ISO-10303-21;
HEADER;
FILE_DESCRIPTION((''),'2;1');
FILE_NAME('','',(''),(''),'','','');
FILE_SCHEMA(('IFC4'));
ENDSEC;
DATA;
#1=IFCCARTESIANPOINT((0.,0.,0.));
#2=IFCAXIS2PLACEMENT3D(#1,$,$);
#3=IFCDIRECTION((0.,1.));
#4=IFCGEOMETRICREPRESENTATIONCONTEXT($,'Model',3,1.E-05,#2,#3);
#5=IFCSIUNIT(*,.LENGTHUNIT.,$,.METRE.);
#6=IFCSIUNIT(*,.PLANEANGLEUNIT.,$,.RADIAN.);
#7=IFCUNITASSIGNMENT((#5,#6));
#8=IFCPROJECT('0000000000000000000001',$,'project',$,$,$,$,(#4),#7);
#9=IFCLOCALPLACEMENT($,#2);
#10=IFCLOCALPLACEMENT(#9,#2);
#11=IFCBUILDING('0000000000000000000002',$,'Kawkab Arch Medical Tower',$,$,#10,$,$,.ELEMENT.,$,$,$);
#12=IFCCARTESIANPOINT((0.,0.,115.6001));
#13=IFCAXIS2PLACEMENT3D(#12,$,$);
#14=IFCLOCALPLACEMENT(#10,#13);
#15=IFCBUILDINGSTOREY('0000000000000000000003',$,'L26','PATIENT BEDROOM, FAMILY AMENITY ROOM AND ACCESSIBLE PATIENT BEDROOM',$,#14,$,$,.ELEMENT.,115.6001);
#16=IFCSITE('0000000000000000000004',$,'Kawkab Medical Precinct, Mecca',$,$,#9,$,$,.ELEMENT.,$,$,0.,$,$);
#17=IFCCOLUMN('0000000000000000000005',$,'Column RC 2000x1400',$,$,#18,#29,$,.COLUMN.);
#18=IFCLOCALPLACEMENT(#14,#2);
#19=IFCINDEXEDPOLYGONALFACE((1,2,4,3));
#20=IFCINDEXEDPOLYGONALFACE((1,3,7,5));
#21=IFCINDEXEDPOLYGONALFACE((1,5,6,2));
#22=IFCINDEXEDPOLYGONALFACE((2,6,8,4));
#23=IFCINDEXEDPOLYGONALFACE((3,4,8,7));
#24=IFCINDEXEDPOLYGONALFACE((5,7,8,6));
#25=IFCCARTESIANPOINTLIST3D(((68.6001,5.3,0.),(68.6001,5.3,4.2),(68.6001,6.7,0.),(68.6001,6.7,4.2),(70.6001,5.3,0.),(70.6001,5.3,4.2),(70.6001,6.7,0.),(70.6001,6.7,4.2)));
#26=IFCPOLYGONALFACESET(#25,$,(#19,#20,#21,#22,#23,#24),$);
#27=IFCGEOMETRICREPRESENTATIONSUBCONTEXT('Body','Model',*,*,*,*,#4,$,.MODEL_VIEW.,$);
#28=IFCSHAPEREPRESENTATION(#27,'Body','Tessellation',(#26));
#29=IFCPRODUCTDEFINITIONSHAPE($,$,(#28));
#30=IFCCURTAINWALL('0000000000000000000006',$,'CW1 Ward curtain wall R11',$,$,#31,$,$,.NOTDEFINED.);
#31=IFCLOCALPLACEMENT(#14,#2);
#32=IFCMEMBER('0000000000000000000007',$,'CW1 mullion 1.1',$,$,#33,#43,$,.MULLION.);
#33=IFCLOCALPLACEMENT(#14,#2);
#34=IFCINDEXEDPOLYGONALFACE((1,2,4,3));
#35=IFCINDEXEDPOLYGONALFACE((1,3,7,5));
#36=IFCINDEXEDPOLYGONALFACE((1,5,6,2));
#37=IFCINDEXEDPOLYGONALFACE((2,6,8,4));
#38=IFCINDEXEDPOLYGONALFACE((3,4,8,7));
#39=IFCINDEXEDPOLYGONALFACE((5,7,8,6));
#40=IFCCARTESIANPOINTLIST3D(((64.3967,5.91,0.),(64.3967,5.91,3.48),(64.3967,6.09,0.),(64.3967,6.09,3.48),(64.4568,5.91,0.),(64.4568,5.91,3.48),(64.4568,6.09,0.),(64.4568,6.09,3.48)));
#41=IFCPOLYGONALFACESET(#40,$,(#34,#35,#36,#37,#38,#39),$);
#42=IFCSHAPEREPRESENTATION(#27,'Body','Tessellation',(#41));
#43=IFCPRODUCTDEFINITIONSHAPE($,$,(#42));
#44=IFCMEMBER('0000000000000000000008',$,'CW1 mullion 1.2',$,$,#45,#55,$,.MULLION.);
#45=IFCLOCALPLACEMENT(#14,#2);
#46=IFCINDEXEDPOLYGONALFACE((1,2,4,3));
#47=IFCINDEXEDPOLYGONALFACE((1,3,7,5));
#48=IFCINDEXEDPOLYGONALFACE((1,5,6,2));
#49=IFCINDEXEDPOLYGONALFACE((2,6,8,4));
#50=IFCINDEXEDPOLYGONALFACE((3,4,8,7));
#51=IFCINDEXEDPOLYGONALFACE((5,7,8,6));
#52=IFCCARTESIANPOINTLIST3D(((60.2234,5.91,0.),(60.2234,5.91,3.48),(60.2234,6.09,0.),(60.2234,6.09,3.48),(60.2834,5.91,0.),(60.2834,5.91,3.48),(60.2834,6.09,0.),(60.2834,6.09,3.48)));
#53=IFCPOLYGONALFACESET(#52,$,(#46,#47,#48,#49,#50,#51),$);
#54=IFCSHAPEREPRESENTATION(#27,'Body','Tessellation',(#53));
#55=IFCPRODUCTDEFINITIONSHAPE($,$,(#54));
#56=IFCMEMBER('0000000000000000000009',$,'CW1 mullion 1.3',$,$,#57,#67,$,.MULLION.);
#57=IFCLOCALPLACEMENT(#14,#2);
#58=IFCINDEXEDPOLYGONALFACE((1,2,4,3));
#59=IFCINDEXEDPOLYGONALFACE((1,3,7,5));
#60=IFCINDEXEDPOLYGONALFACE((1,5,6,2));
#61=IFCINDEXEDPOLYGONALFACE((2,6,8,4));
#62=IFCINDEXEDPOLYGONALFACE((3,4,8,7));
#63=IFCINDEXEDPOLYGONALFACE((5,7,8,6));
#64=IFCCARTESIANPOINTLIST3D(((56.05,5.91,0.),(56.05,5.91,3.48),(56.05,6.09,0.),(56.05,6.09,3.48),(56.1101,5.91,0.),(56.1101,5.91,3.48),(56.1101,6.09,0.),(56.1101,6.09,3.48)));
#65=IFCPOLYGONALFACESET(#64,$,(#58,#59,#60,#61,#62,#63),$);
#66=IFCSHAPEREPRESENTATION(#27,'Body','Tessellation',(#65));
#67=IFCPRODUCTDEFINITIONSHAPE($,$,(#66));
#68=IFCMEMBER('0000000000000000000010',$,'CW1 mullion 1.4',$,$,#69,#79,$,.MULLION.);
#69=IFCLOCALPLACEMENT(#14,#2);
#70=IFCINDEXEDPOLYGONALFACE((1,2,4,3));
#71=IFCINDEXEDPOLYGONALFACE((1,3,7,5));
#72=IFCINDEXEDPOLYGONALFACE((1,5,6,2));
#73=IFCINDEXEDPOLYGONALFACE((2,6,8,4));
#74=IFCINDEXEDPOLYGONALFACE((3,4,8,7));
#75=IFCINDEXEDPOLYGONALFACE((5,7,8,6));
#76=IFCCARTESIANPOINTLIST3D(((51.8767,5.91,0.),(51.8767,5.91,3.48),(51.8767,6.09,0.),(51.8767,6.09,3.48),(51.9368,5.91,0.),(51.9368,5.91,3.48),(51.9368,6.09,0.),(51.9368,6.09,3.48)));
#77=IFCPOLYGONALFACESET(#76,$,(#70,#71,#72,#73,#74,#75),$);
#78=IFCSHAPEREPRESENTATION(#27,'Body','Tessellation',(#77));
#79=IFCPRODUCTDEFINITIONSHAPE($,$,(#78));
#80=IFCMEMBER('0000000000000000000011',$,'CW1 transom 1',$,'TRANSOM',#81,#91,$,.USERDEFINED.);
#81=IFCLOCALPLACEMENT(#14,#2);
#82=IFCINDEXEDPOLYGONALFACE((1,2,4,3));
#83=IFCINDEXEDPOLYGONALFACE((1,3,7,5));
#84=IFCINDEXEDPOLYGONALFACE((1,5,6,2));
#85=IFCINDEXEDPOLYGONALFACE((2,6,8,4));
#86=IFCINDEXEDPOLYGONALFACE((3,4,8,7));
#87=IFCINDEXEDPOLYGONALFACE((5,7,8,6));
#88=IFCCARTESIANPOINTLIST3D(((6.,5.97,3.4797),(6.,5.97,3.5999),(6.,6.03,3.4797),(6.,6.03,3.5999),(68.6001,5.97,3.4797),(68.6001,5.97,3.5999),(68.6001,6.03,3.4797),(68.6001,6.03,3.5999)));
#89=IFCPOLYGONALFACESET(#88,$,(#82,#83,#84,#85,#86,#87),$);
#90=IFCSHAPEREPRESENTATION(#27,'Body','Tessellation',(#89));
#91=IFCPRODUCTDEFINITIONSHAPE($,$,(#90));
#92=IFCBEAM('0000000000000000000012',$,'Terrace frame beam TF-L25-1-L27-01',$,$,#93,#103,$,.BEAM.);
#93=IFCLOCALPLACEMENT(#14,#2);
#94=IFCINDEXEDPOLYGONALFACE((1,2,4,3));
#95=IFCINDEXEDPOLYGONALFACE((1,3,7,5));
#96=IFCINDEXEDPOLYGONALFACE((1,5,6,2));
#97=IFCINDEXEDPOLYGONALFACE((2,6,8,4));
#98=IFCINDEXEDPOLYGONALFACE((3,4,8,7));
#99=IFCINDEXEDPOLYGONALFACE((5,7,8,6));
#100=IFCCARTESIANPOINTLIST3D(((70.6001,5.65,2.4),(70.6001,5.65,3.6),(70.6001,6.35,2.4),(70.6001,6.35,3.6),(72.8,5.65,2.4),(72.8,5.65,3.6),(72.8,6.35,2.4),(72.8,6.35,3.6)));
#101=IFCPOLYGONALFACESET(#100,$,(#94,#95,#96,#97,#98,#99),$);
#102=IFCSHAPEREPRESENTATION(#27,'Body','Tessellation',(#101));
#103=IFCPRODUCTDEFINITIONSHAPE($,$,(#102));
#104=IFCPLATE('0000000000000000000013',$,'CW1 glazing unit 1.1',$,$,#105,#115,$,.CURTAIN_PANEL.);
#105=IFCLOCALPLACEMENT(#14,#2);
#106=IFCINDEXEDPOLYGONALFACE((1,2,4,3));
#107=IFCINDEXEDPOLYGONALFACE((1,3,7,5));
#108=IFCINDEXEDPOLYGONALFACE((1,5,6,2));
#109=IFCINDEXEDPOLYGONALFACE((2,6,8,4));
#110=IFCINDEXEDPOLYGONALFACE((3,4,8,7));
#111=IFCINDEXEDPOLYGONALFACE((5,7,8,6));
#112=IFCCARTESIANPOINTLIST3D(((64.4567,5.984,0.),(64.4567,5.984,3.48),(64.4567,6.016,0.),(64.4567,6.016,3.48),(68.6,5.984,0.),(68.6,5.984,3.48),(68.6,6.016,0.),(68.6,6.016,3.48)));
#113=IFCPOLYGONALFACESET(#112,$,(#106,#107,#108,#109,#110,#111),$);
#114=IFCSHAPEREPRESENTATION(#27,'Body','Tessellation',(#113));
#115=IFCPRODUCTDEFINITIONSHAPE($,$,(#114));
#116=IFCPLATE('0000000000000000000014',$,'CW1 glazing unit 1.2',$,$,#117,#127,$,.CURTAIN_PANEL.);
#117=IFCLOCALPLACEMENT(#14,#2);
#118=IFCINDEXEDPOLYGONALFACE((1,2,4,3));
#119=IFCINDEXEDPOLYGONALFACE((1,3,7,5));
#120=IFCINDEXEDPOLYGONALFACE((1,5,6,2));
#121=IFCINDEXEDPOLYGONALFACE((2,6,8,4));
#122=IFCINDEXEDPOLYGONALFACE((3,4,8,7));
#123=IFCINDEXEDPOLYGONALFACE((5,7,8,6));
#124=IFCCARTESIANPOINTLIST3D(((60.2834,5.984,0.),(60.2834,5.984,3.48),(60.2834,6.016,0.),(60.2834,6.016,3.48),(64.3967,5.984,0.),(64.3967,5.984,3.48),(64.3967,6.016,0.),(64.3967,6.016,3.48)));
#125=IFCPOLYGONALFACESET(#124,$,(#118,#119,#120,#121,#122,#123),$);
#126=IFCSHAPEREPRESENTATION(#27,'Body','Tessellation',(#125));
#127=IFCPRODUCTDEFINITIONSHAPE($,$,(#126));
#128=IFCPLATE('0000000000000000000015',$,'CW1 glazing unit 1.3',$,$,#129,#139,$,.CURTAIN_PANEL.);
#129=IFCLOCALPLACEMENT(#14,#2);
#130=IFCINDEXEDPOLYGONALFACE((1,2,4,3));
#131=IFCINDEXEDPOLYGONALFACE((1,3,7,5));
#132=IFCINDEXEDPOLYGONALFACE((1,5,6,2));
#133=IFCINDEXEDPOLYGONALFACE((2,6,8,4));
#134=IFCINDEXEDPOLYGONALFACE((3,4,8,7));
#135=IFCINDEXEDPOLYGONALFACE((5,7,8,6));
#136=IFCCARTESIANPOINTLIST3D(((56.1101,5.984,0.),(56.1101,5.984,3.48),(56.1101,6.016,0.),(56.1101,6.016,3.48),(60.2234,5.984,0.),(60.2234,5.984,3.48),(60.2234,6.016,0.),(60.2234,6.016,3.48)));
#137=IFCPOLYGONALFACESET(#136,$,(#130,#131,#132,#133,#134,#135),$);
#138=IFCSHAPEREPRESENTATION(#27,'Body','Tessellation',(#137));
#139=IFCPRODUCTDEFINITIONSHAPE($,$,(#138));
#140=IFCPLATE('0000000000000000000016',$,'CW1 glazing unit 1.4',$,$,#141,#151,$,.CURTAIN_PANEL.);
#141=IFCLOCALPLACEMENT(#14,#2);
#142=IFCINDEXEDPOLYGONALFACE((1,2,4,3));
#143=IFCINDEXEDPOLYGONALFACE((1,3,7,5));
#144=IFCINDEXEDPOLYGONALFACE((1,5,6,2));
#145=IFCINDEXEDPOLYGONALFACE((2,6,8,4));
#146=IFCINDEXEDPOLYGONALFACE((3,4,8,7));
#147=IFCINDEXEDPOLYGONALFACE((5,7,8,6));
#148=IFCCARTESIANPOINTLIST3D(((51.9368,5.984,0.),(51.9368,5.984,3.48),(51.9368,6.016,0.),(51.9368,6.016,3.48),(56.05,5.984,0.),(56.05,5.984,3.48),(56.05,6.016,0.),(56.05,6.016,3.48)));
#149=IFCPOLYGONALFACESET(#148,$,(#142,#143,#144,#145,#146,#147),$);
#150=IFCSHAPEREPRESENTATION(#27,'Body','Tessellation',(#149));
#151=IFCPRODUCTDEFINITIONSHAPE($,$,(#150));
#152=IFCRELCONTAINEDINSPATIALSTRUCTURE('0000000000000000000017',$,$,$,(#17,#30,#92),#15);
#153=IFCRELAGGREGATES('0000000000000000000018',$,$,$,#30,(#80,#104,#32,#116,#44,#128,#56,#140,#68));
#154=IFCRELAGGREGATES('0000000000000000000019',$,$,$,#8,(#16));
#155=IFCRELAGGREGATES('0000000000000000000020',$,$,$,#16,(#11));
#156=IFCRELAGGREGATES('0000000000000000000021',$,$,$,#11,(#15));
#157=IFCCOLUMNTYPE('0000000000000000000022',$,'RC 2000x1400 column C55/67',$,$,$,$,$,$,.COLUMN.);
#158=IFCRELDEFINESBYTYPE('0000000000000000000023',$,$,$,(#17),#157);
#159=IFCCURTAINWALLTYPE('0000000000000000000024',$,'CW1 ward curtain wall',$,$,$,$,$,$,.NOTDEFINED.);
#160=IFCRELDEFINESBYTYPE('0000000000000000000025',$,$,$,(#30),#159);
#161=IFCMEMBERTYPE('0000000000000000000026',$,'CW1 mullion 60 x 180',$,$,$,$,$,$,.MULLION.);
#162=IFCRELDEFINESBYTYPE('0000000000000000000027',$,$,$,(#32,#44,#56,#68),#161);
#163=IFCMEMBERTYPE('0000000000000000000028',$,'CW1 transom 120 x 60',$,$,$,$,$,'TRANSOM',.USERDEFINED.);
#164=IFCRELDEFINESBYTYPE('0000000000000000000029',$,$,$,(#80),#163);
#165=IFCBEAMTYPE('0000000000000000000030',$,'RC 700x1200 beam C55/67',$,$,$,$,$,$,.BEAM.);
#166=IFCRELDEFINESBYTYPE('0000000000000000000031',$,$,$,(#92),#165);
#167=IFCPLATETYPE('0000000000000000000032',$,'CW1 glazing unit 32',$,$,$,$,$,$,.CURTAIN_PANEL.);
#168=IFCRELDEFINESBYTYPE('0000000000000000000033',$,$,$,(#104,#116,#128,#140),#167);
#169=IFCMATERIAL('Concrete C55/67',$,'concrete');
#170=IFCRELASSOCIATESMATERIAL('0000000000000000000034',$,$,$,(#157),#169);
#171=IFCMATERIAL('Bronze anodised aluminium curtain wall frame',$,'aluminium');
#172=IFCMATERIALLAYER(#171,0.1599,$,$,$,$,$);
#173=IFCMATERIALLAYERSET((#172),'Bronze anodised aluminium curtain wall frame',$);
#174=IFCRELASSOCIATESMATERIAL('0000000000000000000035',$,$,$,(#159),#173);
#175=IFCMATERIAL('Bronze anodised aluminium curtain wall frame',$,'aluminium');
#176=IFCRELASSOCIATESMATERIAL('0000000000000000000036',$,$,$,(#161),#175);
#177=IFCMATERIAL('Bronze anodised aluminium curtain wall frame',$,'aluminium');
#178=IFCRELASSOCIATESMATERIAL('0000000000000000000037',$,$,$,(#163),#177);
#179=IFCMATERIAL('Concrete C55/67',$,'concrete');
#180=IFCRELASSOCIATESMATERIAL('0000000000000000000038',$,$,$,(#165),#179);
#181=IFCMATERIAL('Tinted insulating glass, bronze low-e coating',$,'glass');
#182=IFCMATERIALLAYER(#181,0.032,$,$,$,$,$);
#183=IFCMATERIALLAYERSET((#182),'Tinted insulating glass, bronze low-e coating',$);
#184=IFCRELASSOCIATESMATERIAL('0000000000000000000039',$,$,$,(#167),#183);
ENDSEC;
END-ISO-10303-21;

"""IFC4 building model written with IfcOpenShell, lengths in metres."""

from ifc_helpers import new_model, si_unit, direction, frame, origin, origin_2d, place, context, subcontext, project, spatial, rectangle, extrude, material, layer, layer_set, material_profile, profile_set, type_object, element, aggregate, save


model = new_model("IFC4")

# Units and contexts
model_context = context("Model", 3, precision=1e-05, world=origin(), true_north=direction((0.0, 1.0)))
body_context = subcontext(model_context, "Body", "Model", "MODEL_VIEW")
ifc_project = project(units=[si_unit("LENGTHUNIT", "METRE"), si_unit("PLANEANGLEUNIT", "RADIAN")], contexts=[model_context])

# Site, building, storey
site_placement = place(None, origin())
site = spatial("IfcSite", under=ifc_project, at=site_placement, Name="Kawkab Medical Precinct, Mecca", CompositionType="ELEMENT", RefElevation=0.0)
building_placement = place(site_placement, origin())
building = spatial("IfcBuilding", under=site, at=building_placement, Name="Kawkab Arch Medical Tower", CompositionType="ELEMENT")
storey_placement = place(building_placement, frame((0.0, 0.0, 115.6001)))
storey = spatial("IfcBuildingStorey", under=building, at=storey_placement, Name="L26", Description="PATIENT BEDROOM, FAMILY AMENITY ROOM AND ACCESSIBLE PATIENT BEDROOM", CompositionType="ELEMENT", Elevation=115.6001)

# Column
ifc_material_1 = material(Name="Concrete C55/67", Category="concrete")
ifc_material_profile_1 = material_profile(ifc_material_1, rectangle(XDim=2.0, YDim=1.3999, at=origin_2d()), Name="RC 2000x1400")
ifc_profile_set_1 = profile_set([ifc_material_profile_1], Name="Concrete C55/67")
column_type = type_object("IfcColumnType", Name="RC 2000x1400 column C55/67", PredefinedType="COLUMN", material=ifc_profile_set_1)
column_placement = place(storey_placement, frame((69.6001, 6.0, 0.0), z_axis=(0.0, 0.0, 1.0), x_axis=(1.0, 0.0, 0.0)))
element("IfcColumn", 1, at=column_placement, inside=storey, type_object=column_type, Name="Column RC 2000x1400", PredefinedType="COLUMN", context=body_context, shape_type="SweptSolid", body=[
    extrude(rectangle(XDim=2.0, YDim=1.3999, at=origin_2d()), origin(), (0.0, 0.0, 1.0), 4.2),
])

# Curtain wall, members
ifc_material_2 = material(Name="Bronze anodised aluminium curtain wall frame", Category="aluminium")
ifc_layer_1 = layer(ifc_material_2, 0.1599)
ifc_layer_set_1 = layer_set([ifc_layer_1], Name="Bronze anodised aluminium curtain wall frame")
curtain_wall_type = type_object("IfcCurtainWallType", Name="CW1 ward curtain wall", PredefinedType="NOTDEFINED", material=ifc_layer_set_1)
curtain_wall_placement = place(storey_placement, origin())
curtain_wall = element("IfcCurtainWall", 2, at=curtain_wall_placement, inside=storey, type_object=curtain_wall_type, Name="CW1 Ward curtain wall R11", PredefinedType="NOTDEFINED")
ifc_material_3 = material(Name="Bronze anodised aluminium curtain wall frame", Category="aluminium")
ifc_material_profile_2 = material_profile(ifc_material_3, rectangle(XDim=0.1799, YDim=0.0601, at=origin_2d()), Name="AL 60x180")
ifc_profile_set_2 = profile_set([ifc_material_profile_2], Name="Bronze anodised aluminium curtain wall frame")
member_type_1 = type_object("IfcMemberType", Name="CW1 mullion 60 x 180", PredefinedType="MULLION", material=ifc_profile_set_2)
member_1_placement = place(storey_placement, frame((64.4268, 6.0, 0.0), z_axis=(0.0, 0.0, 1.0), x_axis=(0.0, -1.0, 0.0)))
member_1 = element("IfcMember", 3, at=member_1_placement, type_object=member_type_1, Name="CW1 mullion 1.1", PredefinedType="MULLION", context=body_context, shape_type="SweptSolid", body=[
    extrude(rectangle(XDim=0.1799, YDim=0.0601, at=origin_2d()), origin(), (0.0, 0.0, 1.0), 3.48),
])
member_2_placement = place(storey_placement, frame((60.2534, 6.0, 0.0), z_axis=(0.0, 0.0, 1.0), x_axis=(0.0, -1.0, 0.0)))
member_2 = element("IfcMember", 4, at=member_2_placement, type_object=member_type_1, Name="CW1 mullion 1.2", PredefinedType="MULLION", context=body_context, shape_type="SweptSolid", body=[
    extrude(rectangle(XDim=0.1799, YDim=0.0601, at=origin_2d()), origin(), (0.0, 0.0, 1.0), 3.48),
])
member_3_placement = place(storey_placement, frame((56.0801, 6.0, 0.0), z_axis=(0.0, 0.0, 1.0), x_axis=(0.0, -1.0, 0.0)))
member_3 = element("IfcMember", 5, at=member_3_placement, type_object=member_type_1, Name="CW1 mullion 1.3", PredefinedType="MULLION", context=body_context, shape_type="SweptSolid", body=[
    extrude(rectangle(XDim=0.1799, YDim=0.0601, at=origin_2d()), origin(), (0.0, 0.0, 1.0), 3.48),
])
member_4_placement = place(storey_placement, frame((51.9067, 6.0, 0.0), z_axis=(0.0, 0.0, 1.0), x_axis=(0.0, -1.0, 0.0)))
member_4 = element("IfcMember", 6, at=member_4_placement, type_object=member_type_1, Name="CW1 mullion 1.4", PredefinedType="MULLION", context=body_context, shape_type="SweptSolid", body=[
    extrude(rectangle(XDim=0.1799, YDim=0.0601, at=origin_2d()), origin(), (0.0, 0.0, 1.0), 3.48),
])
ifc_material_4 = material(Name="Bronze anodised aluminium curtain wall frame", Category="aluminium")
ifc_material_profile_3 = material_profile(ifc_material_4, rectangle(XDim=0.0601, YDim=0.1201, at=origin_2d()), Name="AL 60x120")
ifc_profile_set_3 = profile_set([ifc_material_profile_3], Name="Bronze anodised aluminium curtain wall frame")
member_type_2 = type_object("IfcMemberType", Name="CW1 transom 120 x 60", ElementType="TRANSOM", PredefinedType="USERDEFINED", material=ifc_profile_set_3)
member_5_placement = place(storey_placement, frame((68.6001, 6.0, 3.5398), z_axis=(-1.0, 0.0, 0.0), x_axis=(0.0, -1.0, 0.0)))
member_5 = element("IfcMember", 7, at=member_5_placement, type_object=member_type_2, Name="CW1 transom 1", ObjectType="TRANSOM", PredefinedType="USERDEFINED", context=body_context, shape_type="SweptSolid", body=[
    extrude(rectangle(XDim=0.0601, YDim=0.1201, at=origin_2d()), origin(), (0.0, 0.0, 1.0), 62.6001),
])

# Beam
ifc_material_5 = material(Name="Concrete C55/67", Category="concrete")
ifc_material_profile_4 = material_profile(ifc_material_5, rectangle(XDim=0.7, YDim=1.2, at=origin_2d()), Name="RC 700x1200")
ifc_profile_set_4 = profile_set([ifc_material_profile_4], Name="Concrete C55/67")
beam_type = type_object("IfcBeamType", Name="RC 700x1200 beam C55/67", PredefinedType="BEAM", material=ifc_profile_set_4)
beam_placement = place(storey_placement, frame((70.6001, 6.0, 3.0), z_axis=(1.0, 0.0, 0.0), x_axis=(0.0, 1.0, 0.0)))
element("IfcBeam", 8, at=beam_placement, inside=storey, type_object=beam_type, Name="Terrace frame beam TF-L25-1-L27-01", PredefinedType="BEAM", context=body_context, shape_type="SweptSolid", body=[
    extrude(rectangle(XDim=0.7, YDim=1.2, at=origin_2d()), origin(), (0.0, 0.0, 1.0), 2.2),
])

# Plates
ifc_material_6 = material(Name="Tinted insulating glass, bronze low-e coating", Category="glass")
ifc_layer_2 = layer(ifc_material_6, 0.032)
ifc_layer_set_2 = layer_set([ifc_layer_2], Name="Tinted insulating glass, bronze low-e coating")
plate_type = type_object("IfcPlateType", Name="CW1 glazing unit 32", PredefinedType="CURTAIN_PANEL", material=ifc_layer_set_2)
plate_1_placement = place(storey_placement, frame((66.5283, 6.0, 0.0), z_axis=(0.0, 0.0, 1.0), x_axis=(-1.0, 0.0, 0.0)))
plate_1 = element("IfcPlate", 9, at=plate_1_placement, type_object=plate_type, Name="CW1 glazing unit 1.1", PredefinedType="CURTAIN_PANEL", context=body_context, shape_type="SweptSolid", body=[
    extrude(rectangle(XDim=4.1433, YDim=0.032, at=origin_2d()), origin(), (0.0, 0.0, 1.0), 3.48),
])
plate_2_placement = place(storey_placement, frame((62.3401, 6.0, 0.0), z_axis=(0.0, 0.0, 1.0), x_axis=(-1.0, 0.0, 0.0)))
plate_2 = element("IfcPlate", 10, at=plate_2_placement, type_object=plate_type, Name="CW1 glazing unit 1.2", PredefinedType="CURTAIN_PANEL", context=body_context, shape_type="SweptSolid", body=[
    extrude(rectangle(XDim=4.1133, YDim=0.032, at=origin_2d()), origin(), (0.0, 0.0, 1.0), 3.48),
])
plate_3_placement = place(storey_placement, frame((58.1667, 6.0, 0.0), z_axis=(0.0, 0.0, 1.0), x_axis=(-1.0, 0.0, 0.0)))
plate_3 = element("IfcPlate", 11, at=plate_3_placement, type_object=plate_type, Name="CW1 glazing unit 1.3", PredefinedType="CURTAIN_PANEL", context=body_context, shape_type="SweptSolid", body=[
    extrude(rectangle(XDim=4.1133, YDim=0.032, at=origin_2d()), origin(), (0.0, 0.0, 1.0), 3.48),
])
plate_4_placement = place(storey_placement, frame((53.9934, 6.0, 0.0), z_axis=(0.0, 0.0, 1.0), x_axis=(-1.0, 0.0, 0.0)))
plate_4 = element("IfcPlate", 12, at=plate_4_placement, type_object=plate_type, Name="CW1 glazing unit 1.4", PredefinedType="CURTAIN_PANEL", context=body_context, shape_type="SweptSolid", body=[
    extrude(rectangle(XDim=4.1133, YDim=0.032, at=origin_2d()), origin(), (0.0, 0.0, 1.0), 3.48),
])
aggregate(curtain_wall, [member_5, plate_1, member_1, plate_2, member_2, plate_3, member_3, plate_4, member_4])

save(model, "model.ifc")
